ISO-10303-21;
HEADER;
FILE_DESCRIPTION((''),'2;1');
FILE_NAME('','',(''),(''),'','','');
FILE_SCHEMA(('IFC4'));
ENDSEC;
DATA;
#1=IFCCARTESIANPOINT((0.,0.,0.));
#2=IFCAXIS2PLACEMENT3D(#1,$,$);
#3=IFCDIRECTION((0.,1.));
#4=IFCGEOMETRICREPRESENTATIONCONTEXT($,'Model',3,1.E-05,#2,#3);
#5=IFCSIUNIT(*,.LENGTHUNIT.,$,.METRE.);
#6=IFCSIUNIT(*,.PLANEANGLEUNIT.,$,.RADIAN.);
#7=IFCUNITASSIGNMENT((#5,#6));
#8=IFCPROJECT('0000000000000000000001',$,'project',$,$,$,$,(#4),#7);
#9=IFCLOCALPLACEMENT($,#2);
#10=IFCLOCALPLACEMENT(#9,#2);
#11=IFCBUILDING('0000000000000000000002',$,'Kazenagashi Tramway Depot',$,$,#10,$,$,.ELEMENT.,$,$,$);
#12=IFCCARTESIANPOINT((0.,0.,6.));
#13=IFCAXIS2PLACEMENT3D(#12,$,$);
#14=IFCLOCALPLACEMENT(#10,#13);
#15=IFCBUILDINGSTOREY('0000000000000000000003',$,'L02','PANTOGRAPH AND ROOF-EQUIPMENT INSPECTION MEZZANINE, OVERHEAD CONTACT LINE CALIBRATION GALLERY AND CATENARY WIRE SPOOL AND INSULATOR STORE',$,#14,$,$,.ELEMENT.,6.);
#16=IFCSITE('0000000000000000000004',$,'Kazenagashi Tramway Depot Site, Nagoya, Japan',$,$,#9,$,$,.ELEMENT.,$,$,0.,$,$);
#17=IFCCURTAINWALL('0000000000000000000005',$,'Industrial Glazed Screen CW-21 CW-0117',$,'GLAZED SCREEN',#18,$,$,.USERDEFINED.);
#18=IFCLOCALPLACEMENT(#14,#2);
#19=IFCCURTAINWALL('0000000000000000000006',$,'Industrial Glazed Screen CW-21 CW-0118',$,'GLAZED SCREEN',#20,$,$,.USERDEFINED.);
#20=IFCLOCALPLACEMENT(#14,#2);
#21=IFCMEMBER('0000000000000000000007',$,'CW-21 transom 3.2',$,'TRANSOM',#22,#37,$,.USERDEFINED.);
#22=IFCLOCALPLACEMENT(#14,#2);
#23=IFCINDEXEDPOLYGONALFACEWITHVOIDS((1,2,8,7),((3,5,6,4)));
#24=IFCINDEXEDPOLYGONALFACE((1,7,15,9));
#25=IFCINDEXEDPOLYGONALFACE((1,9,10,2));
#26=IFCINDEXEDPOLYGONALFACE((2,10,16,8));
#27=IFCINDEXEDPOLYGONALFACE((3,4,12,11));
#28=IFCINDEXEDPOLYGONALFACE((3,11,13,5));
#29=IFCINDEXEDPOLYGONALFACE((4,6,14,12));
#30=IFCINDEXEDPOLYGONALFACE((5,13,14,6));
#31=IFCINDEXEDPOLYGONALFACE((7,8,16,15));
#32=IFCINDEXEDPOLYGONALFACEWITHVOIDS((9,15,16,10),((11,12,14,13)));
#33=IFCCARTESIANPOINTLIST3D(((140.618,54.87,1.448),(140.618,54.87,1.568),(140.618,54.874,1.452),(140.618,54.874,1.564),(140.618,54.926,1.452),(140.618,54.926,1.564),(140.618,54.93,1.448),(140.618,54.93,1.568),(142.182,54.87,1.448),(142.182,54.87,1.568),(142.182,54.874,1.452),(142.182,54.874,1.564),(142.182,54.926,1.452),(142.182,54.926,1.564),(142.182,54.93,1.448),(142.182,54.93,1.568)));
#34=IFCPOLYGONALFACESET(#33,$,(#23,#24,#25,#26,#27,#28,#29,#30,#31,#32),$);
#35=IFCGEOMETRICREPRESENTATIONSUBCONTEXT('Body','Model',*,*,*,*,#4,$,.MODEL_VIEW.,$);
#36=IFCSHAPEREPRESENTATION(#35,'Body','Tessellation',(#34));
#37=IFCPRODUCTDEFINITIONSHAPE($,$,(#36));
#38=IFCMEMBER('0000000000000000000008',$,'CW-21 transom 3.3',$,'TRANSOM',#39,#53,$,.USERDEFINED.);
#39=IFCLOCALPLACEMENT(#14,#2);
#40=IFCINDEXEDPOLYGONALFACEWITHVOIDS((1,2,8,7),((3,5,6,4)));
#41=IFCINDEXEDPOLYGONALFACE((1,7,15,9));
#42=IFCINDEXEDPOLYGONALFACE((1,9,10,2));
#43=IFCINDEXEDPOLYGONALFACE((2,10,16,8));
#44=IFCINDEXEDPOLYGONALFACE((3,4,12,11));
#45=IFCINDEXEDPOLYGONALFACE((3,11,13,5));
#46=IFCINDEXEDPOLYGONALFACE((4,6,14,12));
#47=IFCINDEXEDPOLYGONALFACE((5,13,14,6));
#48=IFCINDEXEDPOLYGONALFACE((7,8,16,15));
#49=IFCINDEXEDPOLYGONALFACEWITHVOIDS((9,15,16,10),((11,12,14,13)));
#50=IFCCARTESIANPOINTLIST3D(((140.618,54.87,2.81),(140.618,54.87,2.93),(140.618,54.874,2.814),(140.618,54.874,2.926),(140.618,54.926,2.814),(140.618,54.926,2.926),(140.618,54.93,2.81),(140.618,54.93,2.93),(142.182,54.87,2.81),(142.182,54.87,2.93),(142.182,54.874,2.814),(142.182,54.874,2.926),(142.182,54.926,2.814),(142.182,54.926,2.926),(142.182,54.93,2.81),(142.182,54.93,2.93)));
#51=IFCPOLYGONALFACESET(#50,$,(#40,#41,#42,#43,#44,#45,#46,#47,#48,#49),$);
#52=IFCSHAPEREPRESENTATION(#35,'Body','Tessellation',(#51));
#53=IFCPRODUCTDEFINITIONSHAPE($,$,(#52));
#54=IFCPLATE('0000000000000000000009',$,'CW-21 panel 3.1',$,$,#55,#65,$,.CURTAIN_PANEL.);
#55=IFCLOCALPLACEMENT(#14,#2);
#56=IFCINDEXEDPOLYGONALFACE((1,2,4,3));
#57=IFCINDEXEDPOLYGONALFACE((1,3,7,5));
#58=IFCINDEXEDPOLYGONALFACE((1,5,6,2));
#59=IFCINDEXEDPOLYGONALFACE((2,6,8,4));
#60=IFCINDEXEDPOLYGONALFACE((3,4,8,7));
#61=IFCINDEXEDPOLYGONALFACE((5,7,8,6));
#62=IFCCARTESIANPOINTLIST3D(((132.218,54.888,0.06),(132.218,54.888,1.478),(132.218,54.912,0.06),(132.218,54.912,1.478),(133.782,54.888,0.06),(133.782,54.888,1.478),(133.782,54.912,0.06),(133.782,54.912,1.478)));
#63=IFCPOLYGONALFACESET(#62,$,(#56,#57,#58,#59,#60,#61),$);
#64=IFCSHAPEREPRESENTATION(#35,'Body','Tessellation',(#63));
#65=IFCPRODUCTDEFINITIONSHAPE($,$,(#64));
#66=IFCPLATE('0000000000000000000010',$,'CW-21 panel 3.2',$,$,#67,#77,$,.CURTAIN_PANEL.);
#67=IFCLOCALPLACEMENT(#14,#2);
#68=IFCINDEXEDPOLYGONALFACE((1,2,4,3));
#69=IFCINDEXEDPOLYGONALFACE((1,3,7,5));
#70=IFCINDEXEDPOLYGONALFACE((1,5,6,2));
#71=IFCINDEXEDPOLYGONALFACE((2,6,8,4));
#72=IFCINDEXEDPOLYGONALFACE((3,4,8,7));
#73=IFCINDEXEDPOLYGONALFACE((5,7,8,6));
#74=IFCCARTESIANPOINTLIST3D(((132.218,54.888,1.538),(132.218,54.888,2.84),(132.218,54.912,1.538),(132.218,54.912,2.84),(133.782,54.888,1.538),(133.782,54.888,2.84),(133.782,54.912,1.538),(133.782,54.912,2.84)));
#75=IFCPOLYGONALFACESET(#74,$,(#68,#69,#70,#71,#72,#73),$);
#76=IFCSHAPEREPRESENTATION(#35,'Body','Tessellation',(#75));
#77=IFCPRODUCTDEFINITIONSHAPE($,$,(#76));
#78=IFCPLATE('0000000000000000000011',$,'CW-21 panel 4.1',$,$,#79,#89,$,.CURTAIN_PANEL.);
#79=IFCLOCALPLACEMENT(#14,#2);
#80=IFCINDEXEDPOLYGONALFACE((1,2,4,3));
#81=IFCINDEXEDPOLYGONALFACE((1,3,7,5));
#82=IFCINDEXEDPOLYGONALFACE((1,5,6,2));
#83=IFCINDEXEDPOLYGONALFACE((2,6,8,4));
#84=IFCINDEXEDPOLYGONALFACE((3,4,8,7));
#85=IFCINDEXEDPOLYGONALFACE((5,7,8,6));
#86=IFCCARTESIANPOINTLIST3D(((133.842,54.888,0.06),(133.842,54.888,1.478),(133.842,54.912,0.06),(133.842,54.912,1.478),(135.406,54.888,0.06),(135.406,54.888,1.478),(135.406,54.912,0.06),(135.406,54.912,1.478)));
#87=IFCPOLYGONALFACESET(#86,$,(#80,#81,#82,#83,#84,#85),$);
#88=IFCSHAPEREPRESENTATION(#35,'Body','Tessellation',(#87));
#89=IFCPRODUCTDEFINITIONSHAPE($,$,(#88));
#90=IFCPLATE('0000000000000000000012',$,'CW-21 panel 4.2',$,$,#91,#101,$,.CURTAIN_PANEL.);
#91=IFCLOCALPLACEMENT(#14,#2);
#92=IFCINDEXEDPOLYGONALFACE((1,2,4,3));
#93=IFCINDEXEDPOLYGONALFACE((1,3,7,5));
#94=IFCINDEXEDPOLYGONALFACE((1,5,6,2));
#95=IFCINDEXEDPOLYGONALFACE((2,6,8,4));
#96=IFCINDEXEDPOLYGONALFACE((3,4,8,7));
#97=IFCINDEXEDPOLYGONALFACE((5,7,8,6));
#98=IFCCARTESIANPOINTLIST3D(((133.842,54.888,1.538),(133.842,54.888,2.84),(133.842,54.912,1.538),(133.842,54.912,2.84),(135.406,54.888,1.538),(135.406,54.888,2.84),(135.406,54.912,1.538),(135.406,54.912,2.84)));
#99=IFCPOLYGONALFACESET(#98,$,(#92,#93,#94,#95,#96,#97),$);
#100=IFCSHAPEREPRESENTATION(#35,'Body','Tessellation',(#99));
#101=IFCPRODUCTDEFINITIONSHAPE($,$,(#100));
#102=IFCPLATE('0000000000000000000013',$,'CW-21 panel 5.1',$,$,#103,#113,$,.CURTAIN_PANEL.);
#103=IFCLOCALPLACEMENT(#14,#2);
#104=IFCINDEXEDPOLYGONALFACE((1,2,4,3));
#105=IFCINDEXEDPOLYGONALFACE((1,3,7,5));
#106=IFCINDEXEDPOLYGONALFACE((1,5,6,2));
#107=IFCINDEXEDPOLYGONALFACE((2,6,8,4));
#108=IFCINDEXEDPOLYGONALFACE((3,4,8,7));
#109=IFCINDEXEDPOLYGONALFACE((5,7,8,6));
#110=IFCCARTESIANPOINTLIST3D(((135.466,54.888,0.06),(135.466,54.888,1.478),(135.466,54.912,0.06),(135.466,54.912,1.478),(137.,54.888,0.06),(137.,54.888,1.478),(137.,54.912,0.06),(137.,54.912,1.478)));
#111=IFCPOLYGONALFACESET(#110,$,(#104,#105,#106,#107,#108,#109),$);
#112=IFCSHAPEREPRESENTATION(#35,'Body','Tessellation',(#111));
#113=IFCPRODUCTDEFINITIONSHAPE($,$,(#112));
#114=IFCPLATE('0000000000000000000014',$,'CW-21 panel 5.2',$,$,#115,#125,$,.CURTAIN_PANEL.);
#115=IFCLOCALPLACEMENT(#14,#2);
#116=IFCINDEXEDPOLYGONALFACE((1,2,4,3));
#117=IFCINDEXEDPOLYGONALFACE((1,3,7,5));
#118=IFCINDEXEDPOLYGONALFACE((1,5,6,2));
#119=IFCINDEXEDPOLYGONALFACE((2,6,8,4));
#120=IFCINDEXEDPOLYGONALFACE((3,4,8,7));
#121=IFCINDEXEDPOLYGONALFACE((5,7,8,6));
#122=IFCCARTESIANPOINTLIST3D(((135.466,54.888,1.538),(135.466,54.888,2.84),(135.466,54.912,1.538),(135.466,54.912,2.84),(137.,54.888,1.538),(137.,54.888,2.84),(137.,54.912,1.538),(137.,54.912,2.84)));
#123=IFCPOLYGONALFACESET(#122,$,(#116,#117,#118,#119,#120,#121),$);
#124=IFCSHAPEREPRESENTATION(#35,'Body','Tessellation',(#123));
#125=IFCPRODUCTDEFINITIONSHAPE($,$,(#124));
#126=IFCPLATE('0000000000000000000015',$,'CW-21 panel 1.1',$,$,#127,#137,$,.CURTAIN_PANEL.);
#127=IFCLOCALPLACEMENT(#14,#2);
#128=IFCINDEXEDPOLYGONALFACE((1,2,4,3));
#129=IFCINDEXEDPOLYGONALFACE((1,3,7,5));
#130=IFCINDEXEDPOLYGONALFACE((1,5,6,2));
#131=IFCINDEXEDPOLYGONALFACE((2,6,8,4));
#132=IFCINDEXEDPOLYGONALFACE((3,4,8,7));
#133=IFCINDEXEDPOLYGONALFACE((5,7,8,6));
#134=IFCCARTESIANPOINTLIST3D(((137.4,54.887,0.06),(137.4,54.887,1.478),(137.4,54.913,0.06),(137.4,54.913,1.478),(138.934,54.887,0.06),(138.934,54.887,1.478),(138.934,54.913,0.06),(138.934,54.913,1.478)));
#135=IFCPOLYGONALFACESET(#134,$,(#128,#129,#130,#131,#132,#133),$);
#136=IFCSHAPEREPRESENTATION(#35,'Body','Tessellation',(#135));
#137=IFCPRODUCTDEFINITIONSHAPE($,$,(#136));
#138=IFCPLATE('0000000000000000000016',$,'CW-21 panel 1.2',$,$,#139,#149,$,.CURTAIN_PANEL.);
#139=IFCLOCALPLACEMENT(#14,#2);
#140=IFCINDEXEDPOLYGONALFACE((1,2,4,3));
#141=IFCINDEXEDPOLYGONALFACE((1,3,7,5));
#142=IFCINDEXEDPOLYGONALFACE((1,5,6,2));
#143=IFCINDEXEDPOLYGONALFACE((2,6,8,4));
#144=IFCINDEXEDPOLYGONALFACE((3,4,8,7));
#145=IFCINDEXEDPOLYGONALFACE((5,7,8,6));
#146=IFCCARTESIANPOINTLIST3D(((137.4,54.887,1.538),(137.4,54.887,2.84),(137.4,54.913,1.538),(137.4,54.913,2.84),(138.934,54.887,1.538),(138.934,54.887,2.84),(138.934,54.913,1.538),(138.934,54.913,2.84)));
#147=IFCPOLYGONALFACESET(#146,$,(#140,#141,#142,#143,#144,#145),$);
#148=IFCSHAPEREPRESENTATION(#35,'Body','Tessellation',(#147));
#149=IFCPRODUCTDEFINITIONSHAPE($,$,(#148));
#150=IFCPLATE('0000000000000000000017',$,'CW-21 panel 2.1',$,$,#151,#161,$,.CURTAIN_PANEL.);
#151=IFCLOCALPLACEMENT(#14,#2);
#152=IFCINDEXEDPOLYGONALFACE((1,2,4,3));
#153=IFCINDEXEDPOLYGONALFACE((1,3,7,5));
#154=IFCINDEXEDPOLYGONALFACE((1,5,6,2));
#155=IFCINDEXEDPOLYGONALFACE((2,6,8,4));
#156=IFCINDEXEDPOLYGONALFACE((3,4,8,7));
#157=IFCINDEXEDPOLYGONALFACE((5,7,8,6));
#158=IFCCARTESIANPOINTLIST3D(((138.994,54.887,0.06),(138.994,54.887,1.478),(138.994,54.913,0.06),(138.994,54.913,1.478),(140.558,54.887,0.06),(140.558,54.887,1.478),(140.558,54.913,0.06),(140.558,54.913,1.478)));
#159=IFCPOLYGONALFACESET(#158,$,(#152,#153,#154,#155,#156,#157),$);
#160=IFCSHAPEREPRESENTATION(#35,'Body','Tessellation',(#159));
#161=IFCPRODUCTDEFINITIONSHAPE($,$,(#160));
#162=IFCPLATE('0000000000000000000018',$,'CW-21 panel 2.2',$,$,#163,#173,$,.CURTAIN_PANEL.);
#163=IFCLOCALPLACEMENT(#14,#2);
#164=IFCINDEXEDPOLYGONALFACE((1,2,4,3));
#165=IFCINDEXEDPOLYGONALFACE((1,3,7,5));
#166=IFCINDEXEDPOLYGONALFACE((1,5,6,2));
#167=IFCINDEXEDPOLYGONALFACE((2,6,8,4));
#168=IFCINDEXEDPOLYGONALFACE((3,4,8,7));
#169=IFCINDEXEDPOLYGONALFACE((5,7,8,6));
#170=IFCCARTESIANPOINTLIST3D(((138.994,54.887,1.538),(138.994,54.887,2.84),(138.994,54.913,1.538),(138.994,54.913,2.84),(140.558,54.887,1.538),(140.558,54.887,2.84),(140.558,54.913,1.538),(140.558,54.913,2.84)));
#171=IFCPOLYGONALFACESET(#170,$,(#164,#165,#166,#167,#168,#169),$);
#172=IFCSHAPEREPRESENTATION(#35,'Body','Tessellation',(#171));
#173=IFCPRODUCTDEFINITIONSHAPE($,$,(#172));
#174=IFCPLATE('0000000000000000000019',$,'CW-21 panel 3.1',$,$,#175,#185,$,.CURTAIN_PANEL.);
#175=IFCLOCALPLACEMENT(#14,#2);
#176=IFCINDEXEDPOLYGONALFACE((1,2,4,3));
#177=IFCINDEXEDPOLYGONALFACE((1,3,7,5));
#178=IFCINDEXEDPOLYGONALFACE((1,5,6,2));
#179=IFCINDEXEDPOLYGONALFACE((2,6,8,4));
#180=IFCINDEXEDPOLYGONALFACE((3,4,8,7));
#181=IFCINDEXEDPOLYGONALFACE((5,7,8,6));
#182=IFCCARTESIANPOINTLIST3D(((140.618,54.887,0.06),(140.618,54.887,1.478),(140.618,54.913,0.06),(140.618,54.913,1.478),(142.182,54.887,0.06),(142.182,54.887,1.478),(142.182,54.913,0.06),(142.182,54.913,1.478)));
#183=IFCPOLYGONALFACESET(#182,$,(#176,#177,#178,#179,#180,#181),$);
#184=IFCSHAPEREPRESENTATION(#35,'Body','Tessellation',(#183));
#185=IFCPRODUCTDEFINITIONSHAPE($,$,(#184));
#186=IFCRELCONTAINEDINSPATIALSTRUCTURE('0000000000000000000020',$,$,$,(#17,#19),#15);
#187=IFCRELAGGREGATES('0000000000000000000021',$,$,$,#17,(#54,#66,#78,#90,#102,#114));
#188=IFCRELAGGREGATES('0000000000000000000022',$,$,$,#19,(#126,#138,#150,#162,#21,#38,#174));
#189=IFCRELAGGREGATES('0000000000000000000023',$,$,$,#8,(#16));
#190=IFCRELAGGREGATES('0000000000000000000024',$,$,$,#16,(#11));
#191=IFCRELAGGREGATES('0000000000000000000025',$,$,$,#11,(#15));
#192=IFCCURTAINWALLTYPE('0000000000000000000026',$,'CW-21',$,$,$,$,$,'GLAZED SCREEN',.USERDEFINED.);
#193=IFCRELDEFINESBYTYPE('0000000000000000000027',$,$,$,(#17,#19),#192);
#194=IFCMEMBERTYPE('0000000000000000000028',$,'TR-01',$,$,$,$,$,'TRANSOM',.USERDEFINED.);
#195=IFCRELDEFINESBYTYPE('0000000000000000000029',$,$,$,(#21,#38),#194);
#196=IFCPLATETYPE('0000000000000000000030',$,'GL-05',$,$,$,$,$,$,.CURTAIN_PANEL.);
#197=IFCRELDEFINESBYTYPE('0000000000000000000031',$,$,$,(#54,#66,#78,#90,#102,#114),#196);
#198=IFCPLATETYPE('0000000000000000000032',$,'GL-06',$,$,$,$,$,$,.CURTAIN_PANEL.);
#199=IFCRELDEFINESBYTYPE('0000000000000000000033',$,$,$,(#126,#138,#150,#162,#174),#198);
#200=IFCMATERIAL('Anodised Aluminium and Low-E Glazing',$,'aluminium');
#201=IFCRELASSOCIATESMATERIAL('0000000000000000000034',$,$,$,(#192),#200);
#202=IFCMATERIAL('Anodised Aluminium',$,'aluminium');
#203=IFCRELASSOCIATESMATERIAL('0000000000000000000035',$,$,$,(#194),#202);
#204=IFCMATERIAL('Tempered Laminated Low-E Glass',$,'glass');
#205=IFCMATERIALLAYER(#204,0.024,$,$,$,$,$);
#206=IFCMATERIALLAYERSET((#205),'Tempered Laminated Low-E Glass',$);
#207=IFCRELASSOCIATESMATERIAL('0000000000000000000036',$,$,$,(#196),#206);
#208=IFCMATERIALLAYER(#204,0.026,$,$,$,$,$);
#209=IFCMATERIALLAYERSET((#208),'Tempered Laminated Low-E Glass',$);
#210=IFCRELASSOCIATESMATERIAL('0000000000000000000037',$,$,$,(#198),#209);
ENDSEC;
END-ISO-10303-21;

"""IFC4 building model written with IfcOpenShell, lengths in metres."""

from ifc_helpers import new_model, si_unit, direction, frame, origin, origin_2d, place, context, subcontext, project, spatial, rectangle, hollow_rectangle, extrude, material, layer, layer_set, material_profile, profile_set, type_object, element, aggregate, save


model = new_model("IFC4")

# Units and contexts
model_context = context("Model", 3, precision=1e-05, world=origin(), true_north=direction((0.0, 1.0)))
body_context = subcontext(model_context, "Body", "Model", "MODEL_VIEW")
ifc_project = project(units=[si_unit("LENGTHUNIT", "METRE"), si_unit("PLANEANGLEUNIT", "RADIAN")], contexts=[model_context])

# Site, building, storey
site_placement = place(None, origin())
site = spatial("IfcSite", under=ifc_project, at=site_placement, Name="Kazenagashi Tramway Depot Site, Nagoya, Japan", CompositionType="ELEMENT", RefElevation=0.0)
building_placement = place(site_placement, origin())
building = spatial("IfcBuilding", under=site, at=building_placement, Name="Kazenagashi Tramway Depot", CompositionType="ELEMENT")
storey_placement = place(building_placement, frame((0.0, 0.0, 6.0)))
storey = spatial("IfcBuildingStorey", under=building, at=storey_placement, Name="L02", Description="PANTOGRAPH AND ROOF-EQUIPMENT INSPECTION MEZZANINE, OVERHEAD CONTACT LINE CALIBRATION GALLERY AND CATENARY WIRE SPOOL AND INSULATOR STORE", CompositionType="ELEMENT", Elevation=6.0)

# Curtain walls
ifc_material_1 = material(Name="Anodised Aluminium and Low-E Glazing", Category="aluminium")
curtain_wall_type = type_object("IfcCurtainWallType", Name="CW-21", ElementType="GLAZED SCREEN", PredefinedType="USERDEFINED", material=ifc_material_1)
curtain_wall_1_placement = place(storey_placement, origin())
curtain_wall_1 = element("IfcCurtainWall", 1, at=curtain_wall_1_placement, inside=storey, type_object=curtain_wall_type, Name="Industrial Glazed Screen CW-21 CW-0117", ObjectType="GLAZED SCREEN", PredefinedType="USERDEFINED")
ifc_material_2 = material(Name="Anodised Aluminium", Category="aluminium")
curtain_wall_2_placement = place(storey_placement, origin())
curtain_wall_2 = element("IfcCurtainWall", 2, at=curtain_wall_2_placement, inside=storey, type_object=curtain_wall_type, Name="Industrial Glazed Screen CW-21 CW-0118", ObjectType="GLAZED SCREEN", PredefinedType="USERDEFINED")

# Members
ifc_material_profile_1 = material_profile(ifc_material_2, hollow_rectangle(XDim=0.06, YDim=0.12, WallThickness=0.004, at=origin_2d()), Name="RHS-120x60x4")
ifc_profile_set_1 = profile_set([ifc_material_profile_1], Name="Anodised Aluminium")
member_type_1 = type_object("IfcMemberType", Name="TR-01", ElementType="TRANSOM", PredefinedType="USERDEFINED", material=ifc_profile_set_1)
member_1_placement = place(storey_placement, frame((140.618, 54.9, 1.508), z_axis=(1.0, 0.0, 0.0), x_axis=(0.0, 1.0, 0.0)))
member_1 = element("IfcMember", 3, at=member_1_placement, type_object=member_type_1, Name="CW-21 transom 3.2", ObjectType="TRANSOM", PredefinedType="USERDEFINED", context=body_context, shape_type="SweptSolid", body=[
    extrude(hollow_rectangle(XDim=0.06, YDim=0.12, WallThickness=0.004, at=origin_2d()), origin(), (0.0, 0.0, 1.0), 1.564),
])
member_2_placement = place(storey_placement, frame((140.618, 54.9, 2.87), z_axis=(1.0, 0.0, 0.0), x_axis=(0.0, 1.0, 0.0)))
member_2 = element("IfcMember", 4, at=member_2_placement, type_object=member_type_1, Name="CW-21 transom 3.3", ObjectType="TRANSOM", PredefinedType="USERDEFINED", context=body_context, shape_type="SweptSolid", body=[
    extrude(hollow_rectangle(XDim=0.06, YDim=0.12, WallThickness=0.004, at=origin_2d()), origin(), (0.0, 0.0, 1.0), 1.564),
])

# Plates
ifc_material_3 = material(Name="Tempered Laminated Low-E Glass", Category="glass")
ifc_layer_1 = layer(ifc_material_3, 0.024)
ifc_layer_set_1 = layer_set([ifc_layer_1], Name="Tempered Laminated Low-E Glass")
plate_type_1 = type_object("IfcPlateType", Name="GL-05", PredefinedType="CURTAIN_PANEL", material=ifc_layer_set_1)
plate_1_placement = place(storey_placement, frame((133.0, 54.9, 0.06), z_axis=(0.0, 0.0, 1.0), x_axis=(1.0, 0.0, 0.0)))
plate_1 = element("IfcPlate", 5, at=plate_1_placement, type_object=plate_type_1, Name="CW-21 panel 3.1", PredefinedType="CURTAIN_PANEL", context=body_context, shape_type="SweptSolid", body=[
    extrude(rectangle(XDim=1.564, YDim=0.024, at=origin_2d()), origin(), (0.0, 0.0, 1.0), 1.418),
])
plate_2_placement = place(storey_placement, frame((133.0, 54.9, 1.538), z_axis=(0.0, 0.0, 1.0), x_axis=(1.0, 0.0, 0.0)))
plate_2 = element("IfcPlate", 6, at=plate_2_placement, type_object=plate_type_1, Name="CW-21 panel 3.2", PredefinedType="CURTAIN_PANEL", context=body_context, shape_type="SweptSolid", body=[
    extrude(rectangle(XDim=1.564, YDim=0.024, at=origin_2d()), origin(), (0.0, 0.0, 1.0), 1.302),
])
plate_3_placement = place(storey_placement, frame((134.624, 54.9, 0.06), z_axis=(0.0, 0.0, 1.0), x_axis=(1.0, 0.0, 0.0)))
plate_3 = element("IfcPlate", 7, at=plate_3_placement, type_object=plate_type_1, Name="CW-21 panel 4.1", PredefinedType="CURTAIN_PANEL", context=body_context, shape_type="SweptSolid", body=[
    extrude(rectangle(XDim=1.564, YDim=0.024, at=origin_2d()), origin(), (0.0, 0.0, 1.0), 1.418),
])
plate_4_placement = place(storey_placement, frame((134.624, 54.9, 1.538), z_axis=(0.0, 0.0, 1.0), x_axis=(1.0, 0.0, 0.0)))
plate_4 = element("IfcPlate", 8, at=plate_4_placement, type_object=plate_type_1, Name="CW-21 panel 4.2", PredefinedType="CURTAIN_PANEL", context=body_context, shape_type="SweptSolid", body=[
    extrude(rectangle(XDim=1.564, YDim=0.024, at=origin_2d()), origin(), (0.0, 0.0, 1.0), 1.302),
])
plate_5_placement = place(storey_placement, frame((136.233, 54.9, 0.06), z_axis=(0.0, 0.0, 1.0), x_axis=(1.0, 0.0, 0.0)))
plate_5 = element("IfcPlate", 9, at=plate_5_placement, type_object=plate_type_1, Name="CW-21 panel 5.1", PredefinedType="CURTAIN_PANEL", context=body_context, shape_type="SweptSolid", body=[
    extrude(rectangle(XDim=1.534, YDim=0.024, at=origin_2d()), origin(), (0.0, 0.0, 1.0), 1.418),
])
plate_6_placement = place(storey_placement, frame((136.233, 54.9, 1.538), z_axis=(0.0, 0.0, 1.0), x_axis=(1.0, 0.0, 0.0)))
plate_6 = element("IfcPlate", 10, at=plate_6_placement, type_object=plate_type_1, Name="CW-21 panel 5.2", PredefinedType="CURTAIN_PANEL", context=body_context, shape_type="SweptSolid", body=[
    extrude(rectangle(XDim=1.534, YDim=0.024, at=origin_2d()), origin(), (0.0, 0.0, 1.0), 1.302),
])
aggregate(curtain_wall_1, [plate_1, plate_2, plate_3, plate_4, plate_5, plate_6])
ifc_layer_2 = layer(ifc_material_3, 0.026)
ifc_layer_set_2 = layer_set([ifc_layer_2], Name="Tempered Laminated Low-E Glass")
plate_type_2 = type_object("IfcPlateType", Name="GL-06", PredefinedType="CURTAIN_PANEL", material=ifc_layer_set_2)
plate_7_placement = place(storey_placement, frame((138.167, 54.9, 0.06), z_axis=(0.0, 0.0, 1.0), x_axis=(1.0, 0.0, 0.0)))
plate_7 = element("IfcPlate", 11, at=plate_7_placement, type_object=plate_type_2, Name="CW-21 panel 1.1", PredefinedType="CURTAIN_PANEL", context=body_context, shape_type="SweptSolid", body=[
    extrude(rectangle(XDim=1.534, YDim=0.026, at=origin_2d()), origin(), (0.0, 0.0, 1.0), 1.418),
])
plate_8_placement = place(storey_placement, frame((138.167, 54.9, 1.538), z_axis=(0.0, 0.0, 1.0), x_axis=(1.0, 0.0, 0.0)))
plate_8 = element("IfcPlate", 12, at=plate_8_placement, type_object=plate_type_2, Name="CW-21 panel 1.2", PredefinedType="CURTAIN_PANEL", context=body_context, shape_type="SweptSolid", body=[
    extrude(rectangle(XDim=1.534, YDim=0.026, at=origin_2d()), origin(), (0.0, 0.0, 1.0), 1.302),
])
plate_9_placement = place(storey_placement, frame((139.776, 54.9, 0.06), z_axis=(0.0, 0.0, 1.0), x_axis=(1.0, 0.0, 0.0)))
plate_9 = element("IfcPlate", 13, at=plate_9_placement, type_object=plate_type_2, Name="CW-21 panel 2.1", PredefinedType="CURTAIN_PANEL", context=body_context, shape_type="SweptSolid", body=[
    extrude(rectangle(XDim=1.564, YDim=0.026, at=origin_2d()), origin(), (0.0, 0.0, 1.0), 1.418),
])
plate_10_placement = place(storey_placement, frame((139.776, 54.9, 1.538), z_axis=(0.0, 0.0, 1.0), x_axis=(1.0, 0.0, 0.0)))
plate_10 = element("IfcPlate", 14, at=plate_10_placement, type_object=plate_type_2, Name="CW-21 panel 2.2", PredefinedType="CURTAIN_PANEL", context=body_context, shape_type="SweptSolid", body=[
    extrude(rectangle(XDim=1.564, YDim=0.026, at=origin_2d()), origin(), (0.0, 0.0, 1.0), 1.302),
])
plate_11_placement = place(storey_placement, frame((141.4, 54.9, 0.06), z_axis=(0.0, 0.0, 1.0), x_axis=(1.0, 0.0, 0.0)))
plate_11 = element("IfcPlate", 15, at=plate_11_placement, type_object=plate_type_2, Name="CW-21 panel 3.1", PredefinedType="CURTAIN_PANEL", context=body_context, shape_type="SweptSolid", body=[
    extrude(rectangle(XDim=1.564, YDim=0.026, at=origin_2d()), origin(), (0.0, 0.0, 1.0), 1.418),
])
aggregate(curtain_wall_2, [plate_7, plate_8, plate_9, plate_10, member_1, member_2, plate_11])

save(model, "model.ifc")
